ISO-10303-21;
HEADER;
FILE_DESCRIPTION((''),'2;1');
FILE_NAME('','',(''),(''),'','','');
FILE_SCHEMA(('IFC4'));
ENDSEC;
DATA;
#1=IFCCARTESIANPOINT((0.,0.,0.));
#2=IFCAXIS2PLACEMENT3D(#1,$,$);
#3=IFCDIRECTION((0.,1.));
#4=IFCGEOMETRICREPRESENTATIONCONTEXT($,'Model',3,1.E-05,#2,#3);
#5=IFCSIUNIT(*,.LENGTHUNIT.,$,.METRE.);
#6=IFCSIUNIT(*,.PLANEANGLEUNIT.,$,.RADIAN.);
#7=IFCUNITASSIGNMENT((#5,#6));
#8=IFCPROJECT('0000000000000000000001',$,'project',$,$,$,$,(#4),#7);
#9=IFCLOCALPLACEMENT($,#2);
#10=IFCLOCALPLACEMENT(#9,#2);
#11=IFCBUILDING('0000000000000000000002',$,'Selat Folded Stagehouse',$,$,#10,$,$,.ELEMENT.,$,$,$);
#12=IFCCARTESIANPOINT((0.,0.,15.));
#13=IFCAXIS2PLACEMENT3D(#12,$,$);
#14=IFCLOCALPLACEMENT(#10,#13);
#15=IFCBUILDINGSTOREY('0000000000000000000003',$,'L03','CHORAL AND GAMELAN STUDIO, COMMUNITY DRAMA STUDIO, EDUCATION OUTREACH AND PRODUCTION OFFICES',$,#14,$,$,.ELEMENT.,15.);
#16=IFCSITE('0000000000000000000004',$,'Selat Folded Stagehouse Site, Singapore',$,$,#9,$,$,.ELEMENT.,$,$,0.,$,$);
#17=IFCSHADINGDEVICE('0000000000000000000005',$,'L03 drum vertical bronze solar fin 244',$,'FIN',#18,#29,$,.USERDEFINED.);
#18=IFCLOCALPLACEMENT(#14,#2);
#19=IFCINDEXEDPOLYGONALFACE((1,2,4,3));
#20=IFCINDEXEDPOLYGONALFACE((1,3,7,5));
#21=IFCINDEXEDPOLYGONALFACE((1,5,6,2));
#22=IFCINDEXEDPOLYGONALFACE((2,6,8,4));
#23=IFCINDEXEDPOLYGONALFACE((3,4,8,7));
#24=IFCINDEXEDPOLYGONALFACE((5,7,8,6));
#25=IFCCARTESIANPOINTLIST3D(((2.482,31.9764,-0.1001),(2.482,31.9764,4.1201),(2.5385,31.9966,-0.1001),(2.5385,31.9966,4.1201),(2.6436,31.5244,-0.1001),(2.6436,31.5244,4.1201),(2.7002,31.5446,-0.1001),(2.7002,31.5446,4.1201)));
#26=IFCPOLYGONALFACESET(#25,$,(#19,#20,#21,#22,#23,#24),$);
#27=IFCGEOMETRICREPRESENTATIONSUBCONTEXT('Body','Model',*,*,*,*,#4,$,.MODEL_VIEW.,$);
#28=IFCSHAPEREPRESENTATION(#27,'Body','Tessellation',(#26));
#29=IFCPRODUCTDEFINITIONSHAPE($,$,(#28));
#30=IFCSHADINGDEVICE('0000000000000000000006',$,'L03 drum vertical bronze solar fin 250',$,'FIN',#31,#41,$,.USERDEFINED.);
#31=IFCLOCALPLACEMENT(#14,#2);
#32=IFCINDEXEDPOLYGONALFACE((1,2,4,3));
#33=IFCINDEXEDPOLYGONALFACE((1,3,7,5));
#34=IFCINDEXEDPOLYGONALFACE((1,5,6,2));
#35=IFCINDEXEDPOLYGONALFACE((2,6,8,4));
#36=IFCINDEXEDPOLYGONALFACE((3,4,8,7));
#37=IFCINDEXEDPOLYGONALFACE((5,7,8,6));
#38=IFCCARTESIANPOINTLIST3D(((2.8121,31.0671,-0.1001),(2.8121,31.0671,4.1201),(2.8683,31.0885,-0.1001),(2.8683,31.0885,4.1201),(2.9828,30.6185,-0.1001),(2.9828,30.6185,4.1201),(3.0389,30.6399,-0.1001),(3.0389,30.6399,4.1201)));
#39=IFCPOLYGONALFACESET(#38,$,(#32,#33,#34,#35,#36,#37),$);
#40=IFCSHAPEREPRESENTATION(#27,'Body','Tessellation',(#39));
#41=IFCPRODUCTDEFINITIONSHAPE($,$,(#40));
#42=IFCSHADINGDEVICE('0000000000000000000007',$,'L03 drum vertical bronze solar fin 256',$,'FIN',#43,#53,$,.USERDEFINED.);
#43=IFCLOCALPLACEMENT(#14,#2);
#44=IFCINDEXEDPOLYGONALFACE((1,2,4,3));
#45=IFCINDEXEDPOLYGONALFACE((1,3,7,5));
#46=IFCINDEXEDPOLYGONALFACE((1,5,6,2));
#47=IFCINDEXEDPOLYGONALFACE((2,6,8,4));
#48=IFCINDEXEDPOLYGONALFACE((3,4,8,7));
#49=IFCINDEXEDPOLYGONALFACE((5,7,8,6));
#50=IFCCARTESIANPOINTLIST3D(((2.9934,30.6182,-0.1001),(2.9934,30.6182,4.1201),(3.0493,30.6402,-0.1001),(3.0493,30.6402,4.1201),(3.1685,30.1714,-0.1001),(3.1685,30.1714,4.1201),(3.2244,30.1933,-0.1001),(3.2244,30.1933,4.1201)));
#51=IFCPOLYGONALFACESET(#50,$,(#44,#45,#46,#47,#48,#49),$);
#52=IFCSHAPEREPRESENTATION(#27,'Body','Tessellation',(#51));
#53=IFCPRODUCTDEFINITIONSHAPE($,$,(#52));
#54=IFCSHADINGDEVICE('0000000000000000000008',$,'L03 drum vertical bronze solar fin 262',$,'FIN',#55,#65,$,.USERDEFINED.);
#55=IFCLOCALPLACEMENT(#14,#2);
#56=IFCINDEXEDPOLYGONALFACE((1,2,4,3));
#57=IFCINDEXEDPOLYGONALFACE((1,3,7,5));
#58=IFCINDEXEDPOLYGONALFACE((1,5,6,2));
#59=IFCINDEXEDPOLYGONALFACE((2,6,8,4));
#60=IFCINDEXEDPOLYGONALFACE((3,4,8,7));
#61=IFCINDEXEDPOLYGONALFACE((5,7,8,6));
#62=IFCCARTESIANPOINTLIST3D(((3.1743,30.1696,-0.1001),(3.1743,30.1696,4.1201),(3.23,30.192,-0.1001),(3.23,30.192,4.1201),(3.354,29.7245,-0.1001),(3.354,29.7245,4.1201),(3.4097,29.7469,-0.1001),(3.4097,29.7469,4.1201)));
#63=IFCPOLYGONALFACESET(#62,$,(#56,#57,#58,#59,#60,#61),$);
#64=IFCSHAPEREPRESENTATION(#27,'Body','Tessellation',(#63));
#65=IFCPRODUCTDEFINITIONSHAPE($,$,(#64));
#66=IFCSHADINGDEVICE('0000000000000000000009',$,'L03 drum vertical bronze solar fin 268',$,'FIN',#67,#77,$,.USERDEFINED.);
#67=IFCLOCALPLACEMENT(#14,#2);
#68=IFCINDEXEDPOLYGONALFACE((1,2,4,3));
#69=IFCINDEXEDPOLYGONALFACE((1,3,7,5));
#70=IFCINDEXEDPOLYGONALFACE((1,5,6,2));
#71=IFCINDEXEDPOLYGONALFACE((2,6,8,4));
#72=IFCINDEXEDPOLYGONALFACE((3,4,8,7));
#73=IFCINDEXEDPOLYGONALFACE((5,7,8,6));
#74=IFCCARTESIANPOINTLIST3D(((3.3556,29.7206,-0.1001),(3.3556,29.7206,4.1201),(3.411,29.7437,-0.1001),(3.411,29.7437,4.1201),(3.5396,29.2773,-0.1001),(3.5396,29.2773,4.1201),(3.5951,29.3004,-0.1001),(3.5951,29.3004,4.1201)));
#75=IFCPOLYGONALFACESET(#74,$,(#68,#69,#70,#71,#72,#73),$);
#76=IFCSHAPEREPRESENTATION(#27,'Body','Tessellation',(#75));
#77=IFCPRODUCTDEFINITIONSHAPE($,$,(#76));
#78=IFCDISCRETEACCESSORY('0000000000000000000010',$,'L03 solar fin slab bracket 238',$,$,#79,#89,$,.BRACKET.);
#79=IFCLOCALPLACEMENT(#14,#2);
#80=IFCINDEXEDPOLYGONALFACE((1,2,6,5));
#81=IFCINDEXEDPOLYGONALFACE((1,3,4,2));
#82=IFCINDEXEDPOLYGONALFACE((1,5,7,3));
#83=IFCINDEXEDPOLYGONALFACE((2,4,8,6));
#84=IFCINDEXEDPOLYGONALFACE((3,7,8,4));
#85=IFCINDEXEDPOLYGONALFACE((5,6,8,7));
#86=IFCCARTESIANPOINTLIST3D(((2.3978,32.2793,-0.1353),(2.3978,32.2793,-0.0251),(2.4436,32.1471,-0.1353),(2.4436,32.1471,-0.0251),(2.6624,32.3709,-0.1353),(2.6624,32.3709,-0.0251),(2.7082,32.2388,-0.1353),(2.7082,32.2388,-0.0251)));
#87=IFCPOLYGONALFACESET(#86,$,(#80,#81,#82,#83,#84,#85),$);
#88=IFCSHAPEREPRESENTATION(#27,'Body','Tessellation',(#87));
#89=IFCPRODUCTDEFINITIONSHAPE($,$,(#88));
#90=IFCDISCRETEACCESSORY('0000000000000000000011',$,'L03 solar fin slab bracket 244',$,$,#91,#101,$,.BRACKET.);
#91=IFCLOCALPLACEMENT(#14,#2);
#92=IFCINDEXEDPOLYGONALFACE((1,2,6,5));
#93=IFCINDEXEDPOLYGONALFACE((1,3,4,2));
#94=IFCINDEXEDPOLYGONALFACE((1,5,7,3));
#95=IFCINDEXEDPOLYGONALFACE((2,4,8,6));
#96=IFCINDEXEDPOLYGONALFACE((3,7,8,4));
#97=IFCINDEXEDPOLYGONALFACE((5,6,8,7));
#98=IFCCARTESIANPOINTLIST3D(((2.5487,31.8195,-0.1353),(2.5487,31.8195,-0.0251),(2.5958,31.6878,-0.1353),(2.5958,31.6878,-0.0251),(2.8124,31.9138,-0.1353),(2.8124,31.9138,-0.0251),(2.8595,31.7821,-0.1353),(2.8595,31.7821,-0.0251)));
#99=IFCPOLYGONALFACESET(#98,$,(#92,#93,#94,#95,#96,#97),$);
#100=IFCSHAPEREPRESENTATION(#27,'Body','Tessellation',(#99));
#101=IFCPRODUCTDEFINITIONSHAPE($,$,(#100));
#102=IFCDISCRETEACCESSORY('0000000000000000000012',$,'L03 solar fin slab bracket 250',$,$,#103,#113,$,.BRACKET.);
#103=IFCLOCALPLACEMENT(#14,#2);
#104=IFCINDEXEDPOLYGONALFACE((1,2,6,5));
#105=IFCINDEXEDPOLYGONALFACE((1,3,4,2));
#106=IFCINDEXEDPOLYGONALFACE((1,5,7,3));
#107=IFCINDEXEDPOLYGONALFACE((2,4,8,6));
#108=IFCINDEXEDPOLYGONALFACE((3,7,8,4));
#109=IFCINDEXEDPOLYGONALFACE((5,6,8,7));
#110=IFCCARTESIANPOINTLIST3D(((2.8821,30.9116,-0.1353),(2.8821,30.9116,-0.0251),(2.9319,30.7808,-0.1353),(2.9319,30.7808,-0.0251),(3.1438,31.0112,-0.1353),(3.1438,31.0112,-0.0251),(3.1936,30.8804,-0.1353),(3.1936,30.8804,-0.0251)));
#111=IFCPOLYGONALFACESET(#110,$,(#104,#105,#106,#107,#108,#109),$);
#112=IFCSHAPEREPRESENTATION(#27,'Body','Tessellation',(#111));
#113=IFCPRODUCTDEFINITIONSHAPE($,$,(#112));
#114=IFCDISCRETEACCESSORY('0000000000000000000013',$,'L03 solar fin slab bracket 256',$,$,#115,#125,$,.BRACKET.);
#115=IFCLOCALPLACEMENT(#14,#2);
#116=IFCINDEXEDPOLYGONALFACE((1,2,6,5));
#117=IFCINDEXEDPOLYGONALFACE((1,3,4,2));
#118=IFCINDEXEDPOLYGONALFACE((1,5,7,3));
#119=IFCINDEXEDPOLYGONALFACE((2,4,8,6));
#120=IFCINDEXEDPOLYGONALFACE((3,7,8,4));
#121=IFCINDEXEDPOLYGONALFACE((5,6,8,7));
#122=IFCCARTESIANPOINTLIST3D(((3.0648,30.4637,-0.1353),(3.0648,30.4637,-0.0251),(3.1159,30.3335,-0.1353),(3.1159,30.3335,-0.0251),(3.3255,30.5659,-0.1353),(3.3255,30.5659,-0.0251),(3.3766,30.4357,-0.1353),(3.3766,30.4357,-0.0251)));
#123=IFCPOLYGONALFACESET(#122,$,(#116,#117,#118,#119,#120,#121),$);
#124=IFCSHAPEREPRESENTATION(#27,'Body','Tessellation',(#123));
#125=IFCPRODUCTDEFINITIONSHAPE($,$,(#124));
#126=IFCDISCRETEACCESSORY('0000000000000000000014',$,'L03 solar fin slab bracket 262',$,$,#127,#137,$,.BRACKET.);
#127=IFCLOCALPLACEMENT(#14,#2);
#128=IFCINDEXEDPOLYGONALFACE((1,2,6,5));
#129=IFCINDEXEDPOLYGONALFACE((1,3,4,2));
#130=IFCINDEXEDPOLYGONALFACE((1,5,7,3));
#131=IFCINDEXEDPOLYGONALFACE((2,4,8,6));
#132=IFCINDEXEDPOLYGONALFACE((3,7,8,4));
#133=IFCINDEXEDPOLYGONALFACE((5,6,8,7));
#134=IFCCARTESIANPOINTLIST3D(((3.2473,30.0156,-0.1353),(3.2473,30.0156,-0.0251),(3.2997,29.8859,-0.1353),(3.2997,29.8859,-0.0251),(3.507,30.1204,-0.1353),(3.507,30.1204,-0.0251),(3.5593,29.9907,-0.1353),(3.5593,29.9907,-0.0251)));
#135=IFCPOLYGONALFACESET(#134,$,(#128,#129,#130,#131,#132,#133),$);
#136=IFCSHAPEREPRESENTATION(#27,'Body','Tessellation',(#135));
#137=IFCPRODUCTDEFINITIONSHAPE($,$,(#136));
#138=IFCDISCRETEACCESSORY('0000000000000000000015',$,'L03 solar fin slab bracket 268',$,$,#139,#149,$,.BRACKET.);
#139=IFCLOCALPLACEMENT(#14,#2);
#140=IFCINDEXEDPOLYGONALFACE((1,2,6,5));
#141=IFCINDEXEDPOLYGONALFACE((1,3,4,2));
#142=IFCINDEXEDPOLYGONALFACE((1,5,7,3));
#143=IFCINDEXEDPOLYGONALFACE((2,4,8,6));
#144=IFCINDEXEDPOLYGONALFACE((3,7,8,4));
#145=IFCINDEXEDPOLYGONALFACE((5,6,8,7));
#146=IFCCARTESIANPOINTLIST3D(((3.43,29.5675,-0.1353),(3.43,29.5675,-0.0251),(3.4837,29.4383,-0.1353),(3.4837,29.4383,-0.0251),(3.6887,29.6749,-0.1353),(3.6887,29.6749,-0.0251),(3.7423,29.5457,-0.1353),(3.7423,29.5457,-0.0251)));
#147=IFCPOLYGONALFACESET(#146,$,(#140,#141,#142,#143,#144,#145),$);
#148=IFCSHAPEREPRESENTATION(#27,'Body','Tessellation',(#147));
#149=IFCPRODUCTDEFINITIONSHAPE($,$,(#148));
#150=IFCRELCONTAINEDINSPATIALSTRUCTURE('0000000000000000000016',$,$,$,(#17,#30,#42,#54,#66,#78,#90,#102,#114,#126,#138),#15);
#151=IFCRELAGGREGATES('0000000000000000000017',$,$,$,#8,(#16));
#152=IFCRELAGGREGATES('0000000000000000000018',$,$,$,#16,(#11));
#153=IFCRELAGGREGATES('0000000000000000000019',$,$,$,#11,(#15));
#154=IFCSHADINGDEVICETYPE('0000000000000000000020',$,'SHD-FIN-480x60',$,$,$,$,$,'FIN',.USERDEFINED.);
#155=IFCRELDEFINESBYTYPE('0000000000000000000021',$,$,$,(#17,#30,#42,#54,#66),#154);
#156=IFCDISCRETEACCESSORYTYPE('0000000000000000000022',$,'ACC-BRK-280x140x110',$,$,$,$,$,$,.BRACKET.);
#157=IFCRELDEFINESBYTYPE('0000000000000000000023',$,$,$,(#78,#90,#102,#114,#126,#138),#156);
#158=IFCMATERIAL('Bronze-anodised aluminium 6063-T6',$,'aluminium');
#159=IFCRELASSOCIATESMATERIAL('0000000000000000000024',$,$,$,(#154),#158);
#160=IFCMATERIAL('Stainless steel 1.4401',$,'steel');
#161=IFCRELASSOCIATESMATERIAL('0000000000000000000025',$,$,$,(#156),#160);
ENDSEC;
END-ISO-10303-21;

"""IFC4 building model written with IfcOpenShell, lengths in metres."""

from ifc_helpers import new_model, si_unit, direction, frame, origin, origin_2d, place, context, subcontext, project, spatial, rectangle, extrude, material, material_profile, profile_set, type_object, element, save


model = new_model("IFC4")

# Units and contexts
model_context = context("Model", 3, precision=1e-05, world=origin(), true_north=direction((0.0, 1.0)))
body_context = subcontext(model_context, "Body", "Model", "MODEL_VIEW")
ifc_project = project(units=[si_unit("LENGTHUNIT", "METRE"), si_unit("PLANEANGLEUNIT", "RADIAN")], contexts=[model_context])

# Site, building, storey
site_placement = place(None, origin())
site = spatial("IfcSite", under=ifc_project, at=site_placement, Name="Selat Folded Stagehouse Site, Singapore", CompositionType="ELEMENT", RefElevation=0.0)
building_placement = place(site_placement, origin())
building = spatial("IfcBuilding", under=site, at=building_placement, Name="Selat Folded Stagehouse", CompositionType="ELEMENT")
storey_placement = place(building_placement, frame((0.0, 0.0, 15.0)))
storey = spatial("IfcBuildingStorey", under=building, at=storey_placement, Name="L03", Description="CHORAL AND GAMELAN STUDIO, COMMUNITY DRAMA STUDIO, EDUCATION OUTREACH AND PRODUCTION OFFICES", CompositionType="ELEMENT", Elevation=15.0)

# Shading devices
ifc_material_1 = material(Name="Bronze-anodised aluminium 6063-T6", Category="aluminium")
ifc_material_profile_1 = material_profile(ifc_material_1, rectangle(XDim=0.0601, YDim=0.48, at=origin_2d()), Name="SOLAR-FIN 480x60")
ifc_profile_set_1 = profile_set([ifc_material_profile_1], Name="Bronze-anodised aluminium 6063-T6")
shading_device_type = type_object("IfcShadingDeviceType", Name="SHD-FIN-480x60", ElementType="FIN", PredefinedType="USERDEFINED", material=ifc_profile_set_1)
for number, where, z_axis, x_axis, name in (
    (1, (2.5911, 31.7605, -0.1001), (0.0, 0.0, 1.0), (-0.941588, -0.336767, 0.0), "L03 drum vertical bronze solar fin 244"),
    (2, (2.9255, 30.8535, -0.1001), (0.0, 0.0, 1.0), (-0.93464, -0.355596, 0.0), "L03 drum vertical bronze solar fin 250"),
    (3, (3.1089, 30.4058, -0.1001), (0.0, 0.0, 1.0), (-0.931056, -0.364877, 0.0), "L03 drum vertical bronze solar fin 256"),
    (4, (3.292, 29.9583, -0.1001), (0.0, 0.0, 1.0), (-0.927315, -0.374283, 0.0), "L03 drum vertical bronze solar fin 262"),
    (5, (3.4753, 29.5105, -0.1001), (0.0, 0.0, 1.0), (-0.923545, -0.38349, 0.0), "L03 drum vertical bronze solar fin 268"),
):
    element("IfcShadingDevice", number, at=place(storey_placement, frame(where, z_axis=z_axis, x_axis=x_axis)), inside=storey, type_object=shading_device_type, Name=name, ObjectType="FIN", PredefinedType="USERDEFINED", context=body_context, shape_type="SweptSolid", body=[
        extrude(rectangle(XDim=0.0601, YDim=0.48, at=origin_2d()), origin(), (0.0, 0.0, 1.0), 4.2202),
    ])

# Discrete accessories
ifc_material_2 = material(Name="Stainless steel 1.4401", Category="steel")
discrete_accessory_type = type_object("IfcDiscreteAccessoryType", Name="ACC-BRK-280x140x110", PredefinedType="BRACKET", material=ifc_material_2)
for number, where, z_axis, x_axis, name in (
    (6, (2.553, 32.259, -0.1353), (0.0, 0.0, 1.0), (-0.944949, -0.327218, 0.0), "L03 solar fin slab bracket 238"),
    (7, (2.7041, 31.8008, -0.1353), (0.0, 0.0, 1.0), (-0.941588, -0.336767, 0.0), "L03 solar fin slab bracket 244"),
    (8, (3.0378, 30.896, -0.1353), (0.0, 0.0, 1.0), (-0.93464, -0.355596, 0.0), "L03 solar fin slab bracket 250"),
    (9, (3.2207, 30.4497, -0.1353), (0.0, 0.0, 1.0), (-0.931056, -0.364877, 0.0), "L03 solar fin slab bracket 256"),
    (10, (3.4033, 30.0032, -0.1353), (0.0, 0.0, 1.0), (-0.927315, -0.374283, 0.0), "L03 solar fin slab bracket 262"),
    (11, (3.5862, 29.5566, -0.1353), (0.0, 0.0, 1.0), (-0.923545, -0.38349, 0.0), "L03 solar fin slab bracket 268"),
):
    element("IfcDiscreteAccessory", number, at=place(storey_placement, frame(where, z_axis=z_axis, x_axis=x_axis)), inside=storey, type_object=discrete_accessory_type, Name=name, PredefinedType="BRACKET", context=body_context, shape_type="SweptSolid", body=[
        extrude(rectangle(XDim=0.28, YDim=0.1399, at=origin_2d()), origin(), (0.0, 0.0, 1.0), 0.1101),
    ])

save(model, "model.ifc")
